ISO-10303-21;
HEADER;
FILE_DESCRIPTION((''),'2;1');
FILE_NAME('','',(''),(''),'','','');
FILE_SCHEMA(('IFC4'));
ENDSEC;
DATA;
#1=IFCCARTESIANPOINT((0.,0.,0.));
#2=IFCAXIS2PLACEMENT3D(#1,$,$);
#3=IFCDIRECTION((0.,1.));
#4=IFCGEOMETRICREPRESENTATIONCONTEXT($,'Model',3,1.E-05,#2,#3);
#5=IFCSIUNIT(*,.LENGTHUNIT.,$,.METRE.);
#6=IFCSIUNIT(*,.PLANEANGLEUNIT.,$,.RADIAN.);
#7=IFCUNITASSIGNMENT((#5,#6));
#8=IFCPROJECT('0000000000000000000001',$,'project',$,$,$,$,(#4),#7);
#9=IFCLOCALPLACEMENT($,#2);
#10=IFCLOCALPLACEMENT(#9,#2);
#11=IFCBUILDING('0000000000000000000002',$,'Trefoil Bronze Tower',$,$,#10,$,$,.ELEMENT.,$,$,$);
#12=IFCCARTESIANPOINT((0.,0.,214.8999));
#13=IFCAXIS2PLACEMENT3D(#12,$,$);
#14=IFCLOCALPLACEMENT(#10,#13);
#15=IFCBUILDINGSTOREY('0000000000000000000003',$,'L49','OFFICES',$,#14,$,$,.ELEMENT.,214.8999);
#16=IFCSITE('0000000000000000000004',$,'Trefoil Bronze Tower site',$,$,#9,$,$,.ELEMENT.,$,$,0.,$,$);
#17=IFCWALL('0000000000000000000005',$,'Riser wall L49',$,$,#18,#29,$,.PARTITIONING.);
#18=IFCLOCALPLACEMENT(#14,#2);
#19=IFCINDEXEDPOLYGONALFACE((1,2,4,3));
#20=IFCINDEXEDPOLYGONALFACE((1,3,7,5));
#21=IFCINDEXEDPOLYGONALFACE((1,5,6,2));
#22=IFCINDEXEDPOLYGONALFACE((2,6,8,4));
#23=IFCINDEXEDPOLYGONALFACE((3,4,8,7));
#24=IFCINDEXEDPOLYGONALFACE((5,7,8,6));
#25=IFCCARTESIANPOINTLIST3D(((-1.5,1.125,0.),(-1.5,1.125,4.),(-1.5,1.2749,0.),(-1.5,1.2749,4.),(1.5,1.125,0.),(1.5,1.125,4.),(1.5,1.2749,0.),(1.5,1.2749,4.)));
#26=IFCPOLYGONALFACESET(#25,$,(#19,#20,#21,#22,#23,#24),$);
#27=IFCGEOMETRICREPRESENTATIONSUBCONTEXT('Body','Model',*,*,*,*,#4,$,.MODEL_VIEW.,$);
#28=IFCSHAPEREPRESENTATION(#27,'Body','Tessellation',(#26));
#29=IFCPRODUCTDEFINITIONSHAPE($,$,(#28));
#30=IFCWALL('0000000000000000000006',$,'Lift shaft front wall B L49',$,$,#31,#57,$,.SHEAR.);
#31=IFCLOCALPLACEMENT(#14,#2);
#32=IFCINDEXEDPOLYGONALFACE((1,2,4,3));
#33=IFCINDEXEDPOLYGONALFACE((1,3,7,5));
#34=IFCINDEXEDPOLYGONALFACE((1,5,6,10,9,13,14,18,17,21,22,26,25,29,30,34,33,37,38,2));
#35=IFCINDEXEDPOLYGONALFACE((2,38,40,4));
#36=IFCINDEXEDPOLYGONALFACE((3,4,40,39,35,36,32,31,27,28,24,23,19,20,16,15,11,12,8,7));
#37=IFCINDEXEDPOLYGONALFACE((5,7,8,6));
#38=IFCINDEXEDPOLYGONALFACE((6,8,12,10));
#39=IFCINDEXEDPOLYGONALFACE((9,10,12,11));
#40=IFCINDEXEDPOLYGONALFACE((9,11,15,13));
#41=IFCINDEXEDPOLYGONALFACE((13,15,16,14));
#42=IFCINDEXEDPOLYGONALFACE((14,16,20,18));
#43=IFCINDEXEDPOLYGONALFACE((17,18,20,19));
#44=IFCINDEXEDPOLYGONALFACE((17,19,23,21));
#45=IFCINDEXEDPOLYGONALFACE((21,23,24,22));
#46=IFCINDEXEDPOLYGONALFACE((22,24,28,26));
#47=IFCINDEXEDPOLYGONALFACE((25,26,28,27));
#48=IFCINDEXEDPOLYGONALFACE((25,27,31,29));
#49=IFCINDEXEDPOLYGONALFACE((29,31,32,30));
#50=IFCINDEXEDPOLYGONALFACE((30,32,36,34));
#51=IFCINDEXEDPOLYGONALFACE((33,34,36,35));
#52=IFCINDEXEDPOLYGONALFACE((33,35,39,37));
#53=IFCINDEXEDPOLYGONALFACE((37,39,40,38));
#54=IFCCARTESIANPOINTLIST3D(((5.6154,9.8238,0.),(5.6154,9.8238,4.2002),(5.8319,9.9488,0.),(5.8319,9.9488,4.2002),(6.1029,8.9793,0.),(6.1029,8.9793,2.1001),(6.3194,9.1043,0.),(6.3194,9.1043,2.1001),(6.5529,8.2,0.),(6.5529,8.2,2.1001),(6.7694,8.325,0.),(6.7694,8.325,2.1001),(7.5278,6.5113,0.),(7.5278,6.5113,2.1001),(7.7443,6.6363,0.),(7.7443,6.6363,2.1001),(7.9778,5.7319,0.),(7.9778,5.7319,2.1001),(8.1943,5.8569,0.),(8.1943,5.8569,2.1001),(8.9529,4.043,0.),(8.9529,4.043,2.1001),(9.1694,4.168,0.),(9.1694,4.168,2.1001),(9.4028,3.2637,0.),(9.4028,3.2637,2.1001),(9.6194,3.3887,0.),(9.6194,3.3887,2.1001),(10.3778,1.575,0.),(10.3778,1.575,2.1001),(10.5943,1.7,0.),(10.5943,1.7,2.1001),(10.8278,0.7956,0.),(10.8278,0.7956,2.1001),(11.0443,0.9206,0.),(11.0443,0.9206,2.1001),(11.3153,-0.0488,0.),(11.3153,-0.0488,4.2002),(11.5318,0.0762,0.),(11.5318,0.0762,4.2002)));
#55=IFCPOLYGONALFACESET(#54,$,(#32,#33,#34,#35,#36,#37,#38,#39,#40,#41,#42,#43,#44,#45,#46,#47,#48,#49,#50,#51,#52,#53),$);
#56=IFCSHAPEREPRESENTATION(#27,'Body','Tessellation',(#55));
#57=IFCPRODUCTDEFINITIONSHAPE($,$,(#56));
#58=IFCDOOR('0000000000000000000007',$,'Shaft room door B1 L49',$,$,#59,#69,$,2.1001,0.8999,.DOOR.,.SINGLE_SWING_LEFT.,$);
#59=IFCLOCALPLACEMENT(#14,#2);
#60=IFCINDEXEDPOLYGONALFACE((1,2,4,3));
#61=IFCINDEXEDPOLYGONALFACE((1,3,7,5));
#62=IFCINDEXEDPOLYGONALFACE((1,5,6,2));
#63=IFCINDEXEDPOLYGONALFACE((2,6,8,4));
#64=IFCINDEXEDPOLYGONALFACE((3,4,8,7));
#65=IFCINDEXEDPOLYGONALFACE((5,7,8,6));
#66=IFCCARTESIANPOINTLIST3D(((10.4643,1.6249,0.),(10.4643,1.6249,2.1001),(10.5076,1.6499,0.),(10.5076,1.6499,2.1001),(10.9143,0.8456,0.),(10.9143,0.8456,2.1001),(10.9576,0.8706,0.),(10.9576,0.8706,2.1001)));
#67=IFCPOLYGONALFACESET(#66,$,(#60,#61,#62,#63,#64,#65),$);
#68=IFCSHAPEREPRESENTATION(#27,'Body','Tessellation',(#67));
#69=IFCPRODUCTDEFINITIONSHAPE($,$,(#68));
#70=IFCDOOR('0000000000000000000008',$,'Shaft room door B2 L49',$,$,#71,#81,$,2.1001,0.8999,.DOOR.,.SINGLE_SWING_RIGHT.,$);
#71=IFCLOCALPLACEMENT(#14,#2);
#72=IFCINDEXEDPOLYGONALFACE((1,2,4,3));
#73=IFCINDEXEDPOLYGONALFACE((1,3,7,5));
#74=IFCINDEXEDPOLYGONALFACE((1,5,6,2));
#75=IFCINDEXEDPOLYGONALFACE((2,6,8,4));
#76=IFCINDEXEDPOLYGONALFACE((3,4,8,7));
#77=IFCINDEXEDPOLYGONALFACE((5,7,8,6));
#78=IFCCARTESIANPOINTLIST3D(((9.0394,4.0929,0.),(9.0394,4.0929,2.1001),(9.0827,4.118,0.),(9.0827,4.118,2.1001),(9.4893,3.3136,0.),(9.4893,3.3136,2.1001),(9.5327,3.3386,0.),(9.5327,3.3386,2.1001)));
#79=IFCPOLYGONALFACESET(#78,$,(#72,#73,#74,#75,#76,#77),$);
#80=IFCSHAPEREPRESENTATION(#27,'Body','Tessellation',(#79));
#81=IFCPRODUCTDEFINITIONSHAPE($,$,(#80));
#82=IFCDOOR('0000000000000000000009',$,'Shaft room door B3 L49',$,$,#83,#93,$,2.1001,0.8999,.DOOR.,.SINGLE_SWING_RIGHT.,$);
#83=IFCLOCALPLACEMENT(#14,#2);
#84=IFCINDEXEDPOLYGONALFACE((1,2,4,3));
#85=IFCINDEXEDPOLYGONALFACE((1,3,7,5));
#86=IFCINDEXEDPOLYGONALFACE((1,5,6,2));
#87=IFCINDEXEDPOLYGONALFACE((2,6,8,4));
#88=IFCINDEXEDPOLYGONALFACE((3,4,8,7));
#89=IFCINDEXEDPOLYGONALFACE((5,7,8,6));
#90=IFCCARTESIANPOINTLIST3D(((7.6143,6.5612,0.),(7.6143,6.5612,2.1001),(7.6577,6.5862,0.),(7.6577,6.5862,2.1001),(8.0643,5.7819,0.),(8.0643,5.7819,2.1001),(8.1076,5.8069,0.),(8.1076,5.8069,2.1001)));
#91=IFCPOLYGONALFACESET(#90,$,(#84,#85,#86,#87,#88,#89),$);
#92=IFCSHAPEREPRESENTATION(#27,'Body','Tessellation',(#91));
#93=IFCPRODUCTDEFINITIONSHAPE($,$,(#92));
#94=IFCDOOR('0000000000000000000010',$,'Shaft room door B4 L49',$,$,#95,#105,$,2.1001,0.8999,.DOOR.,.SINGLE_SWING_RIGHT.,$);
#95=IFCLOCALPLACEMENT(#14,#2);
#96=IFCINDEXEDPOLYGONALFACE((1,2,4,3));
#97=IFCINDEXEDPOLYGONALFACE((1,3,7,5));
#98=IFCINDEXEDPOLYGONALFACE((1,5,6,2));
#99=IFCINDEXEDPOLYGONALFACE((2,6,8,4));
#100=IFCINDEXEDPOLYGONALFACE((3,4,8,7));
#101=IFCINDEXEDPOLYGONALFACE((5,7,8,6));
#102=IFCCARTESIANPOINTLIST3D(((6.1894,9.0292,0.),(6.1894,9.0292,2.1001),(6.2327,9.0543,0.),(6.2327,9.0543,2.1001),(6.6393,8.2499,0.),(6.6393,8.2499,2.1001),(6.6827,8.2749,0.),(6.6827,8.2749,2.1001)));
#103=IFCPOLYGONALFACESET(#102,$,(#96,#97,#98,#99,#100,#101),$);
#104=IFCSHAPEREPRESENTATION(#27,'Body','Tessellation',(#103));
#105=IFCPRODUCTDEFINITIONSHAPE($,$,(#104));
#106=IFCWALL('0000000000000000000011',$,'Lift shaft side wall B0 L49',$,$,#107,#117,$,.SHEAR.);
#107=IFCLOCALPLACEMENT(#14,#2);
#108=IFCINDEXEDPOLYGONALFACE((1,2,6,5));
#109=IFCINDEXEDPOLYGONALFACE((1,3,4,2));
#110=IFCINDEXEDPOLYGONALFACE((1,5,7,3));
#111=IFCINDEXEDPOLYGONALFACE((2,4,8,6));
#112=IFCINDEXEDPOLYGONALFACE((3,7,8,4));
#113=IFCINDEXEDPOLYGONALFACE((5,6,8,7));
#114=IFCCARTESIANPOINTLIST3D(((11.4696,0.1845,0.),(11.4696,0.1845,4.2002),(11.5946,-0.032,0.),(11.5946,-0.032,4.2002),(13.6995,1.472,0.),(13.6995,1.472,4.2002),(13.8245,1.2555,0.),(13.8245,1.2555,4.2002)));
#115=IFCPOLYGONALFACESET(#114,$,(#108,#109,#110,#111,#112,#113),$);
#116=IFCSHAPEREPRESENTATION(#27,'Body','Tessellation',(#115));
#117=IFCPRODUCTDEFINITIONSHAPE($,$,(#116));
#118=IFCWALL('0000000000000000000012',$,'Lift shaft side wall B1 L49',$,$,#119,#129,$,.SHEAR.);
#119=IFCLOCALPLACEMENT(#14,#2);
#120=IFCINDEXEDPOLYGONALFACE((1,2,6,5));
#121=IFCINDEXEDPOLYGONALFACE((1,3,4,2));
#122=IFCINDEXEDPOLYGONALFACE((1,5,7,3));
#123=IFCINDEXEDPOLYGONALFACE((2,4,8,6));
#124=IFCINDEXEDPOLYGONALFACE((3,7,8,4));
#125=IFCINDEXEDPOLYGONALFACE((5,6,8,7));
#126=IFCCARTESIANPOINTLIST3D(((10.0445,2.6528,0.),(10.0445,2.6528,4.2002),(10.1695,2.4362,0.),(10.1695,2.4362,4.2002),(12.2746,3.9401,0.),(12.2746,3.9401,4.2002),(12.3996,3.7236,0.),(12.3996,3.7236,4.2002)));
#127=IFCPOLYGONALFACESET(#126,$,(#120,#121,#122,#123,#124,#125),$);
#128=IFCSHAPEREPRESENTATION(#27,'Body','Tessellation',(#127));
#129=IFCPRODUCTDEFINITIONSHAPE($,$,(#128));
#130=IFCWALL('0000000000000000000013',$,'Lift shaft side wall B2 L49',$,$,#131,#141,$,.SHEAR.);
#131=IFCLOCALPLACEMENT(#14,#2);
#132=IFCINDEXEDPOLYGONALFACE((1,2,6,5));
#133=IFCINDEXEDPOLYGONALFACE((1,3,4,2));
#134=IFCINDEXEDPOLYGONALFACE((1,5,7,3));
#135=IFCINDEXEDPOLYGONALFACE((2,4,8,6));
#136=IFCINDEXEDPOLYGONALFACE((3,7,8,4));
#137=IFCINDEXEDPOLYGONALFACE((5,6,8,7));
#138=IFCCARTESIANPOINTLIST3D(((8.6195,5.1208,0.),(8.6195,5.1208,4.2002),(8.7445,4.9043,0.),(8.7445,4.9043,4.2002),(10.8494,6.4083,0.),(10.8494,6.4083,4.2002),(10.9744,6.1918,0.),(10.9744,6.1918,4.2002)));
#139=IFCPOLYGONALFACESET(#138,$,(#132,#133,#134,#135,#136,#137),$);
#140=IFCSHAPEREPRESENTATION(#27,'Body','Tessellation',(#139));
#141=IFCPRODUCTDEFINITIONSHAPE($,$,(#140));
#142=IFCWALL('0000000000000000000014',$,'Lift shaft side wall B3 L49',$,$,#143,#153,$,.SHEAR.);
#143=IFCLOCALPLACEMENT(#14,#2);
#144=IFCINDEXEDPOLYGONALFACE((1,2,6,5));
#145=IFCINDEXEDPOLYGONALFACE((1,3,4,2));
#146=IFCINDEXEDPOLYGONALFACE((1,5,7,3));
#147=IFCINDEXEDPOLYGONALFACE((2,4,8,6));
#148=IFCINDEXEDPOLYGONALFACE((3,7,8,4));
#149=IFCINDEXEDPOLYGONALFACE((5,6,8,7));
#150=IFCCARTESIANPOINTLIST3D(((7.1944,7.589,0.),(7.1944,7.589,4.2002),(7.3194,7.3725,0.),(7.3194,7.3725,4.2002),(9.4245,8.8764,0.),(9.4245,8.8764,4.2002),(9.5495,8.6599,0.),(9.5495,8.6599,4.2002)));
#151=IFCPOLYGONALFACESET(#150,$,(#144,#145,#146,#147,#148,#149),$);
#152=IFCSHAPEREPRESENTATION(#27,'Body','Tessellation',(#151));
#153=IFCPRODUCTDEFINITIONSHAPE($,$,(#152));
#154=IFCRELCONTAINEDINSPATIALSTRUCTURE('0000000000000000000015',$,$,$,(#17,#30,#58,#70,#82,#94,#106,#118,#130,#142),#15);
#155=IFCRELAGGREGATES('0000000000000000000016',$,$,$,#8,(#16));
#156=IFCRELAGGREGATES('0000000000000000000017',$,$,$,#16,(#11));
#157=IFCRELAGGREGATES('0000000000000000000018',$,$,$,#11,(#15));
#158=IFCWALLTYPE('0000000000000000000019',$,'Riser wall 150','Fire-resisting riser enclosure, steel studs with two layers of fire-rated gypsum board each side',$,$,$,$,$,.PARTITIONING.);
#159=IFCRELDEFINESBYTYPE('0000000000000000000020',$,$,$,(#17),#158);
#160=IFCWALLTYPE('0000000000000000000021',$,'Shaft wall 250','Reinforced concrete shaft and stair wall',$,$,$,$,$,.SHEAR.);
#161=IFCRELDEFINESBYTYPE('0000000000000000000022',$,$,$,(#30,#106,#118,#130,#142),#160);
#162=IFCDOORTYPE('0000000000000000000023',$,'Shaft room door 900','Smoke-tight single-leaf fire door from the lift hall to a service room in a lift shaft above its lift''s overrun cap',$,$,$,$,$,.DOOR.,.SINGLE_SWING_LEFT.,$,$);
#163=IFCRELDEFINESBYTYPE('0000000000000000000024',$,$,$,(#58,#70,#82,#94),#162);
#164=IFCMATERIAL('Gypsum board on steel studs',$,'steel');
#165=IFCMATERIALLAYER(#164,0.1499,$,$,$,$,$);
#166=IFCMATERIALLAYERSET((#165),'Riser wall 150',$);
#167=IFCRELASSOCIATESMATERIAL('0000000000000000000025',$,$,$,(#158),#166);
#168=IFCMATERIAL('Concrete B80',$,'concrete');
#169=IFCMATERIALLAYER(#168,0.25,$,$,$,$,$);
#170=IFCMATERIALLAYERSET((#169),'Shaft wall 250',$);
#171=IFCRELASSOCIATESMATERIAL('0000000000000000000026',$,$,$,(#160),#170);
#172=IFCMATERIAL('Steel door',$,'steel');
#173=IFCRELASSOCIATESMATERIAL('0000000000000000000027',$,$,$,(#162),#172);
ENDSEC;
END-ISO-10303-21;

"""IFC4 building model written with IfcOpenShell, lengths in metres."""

from ifc_helpers import new_model, si_unit, direction, frame, frame_2d, origin, place, context, subcontext, project, spatial, rectangle, extrude, material, layer, layer_set, type_object, element, fill, save


model = new_model("IFC4")

# Units and contexts
model_context = context("Model", 3, precision=1e-05, world=origin(), true_north=direction((0.0, 1.0)))
body_context = subcontext(model_context, "Body", "Model", "MODEL_VIEW")
ifc_project = project(units=[si_unit("LENGTHUNIT", "METRE"), si_unit("PLANEANGLEUNIT", "RADIAN")], contexts=[model_context])

# Site, building, storey
site_placement = place(None, origin())
site = spatial("IfcSite", under=ifc_project, at=site_placement, Name="Trefoil Bronze Tower site", CompositionType="ELEMENT", RefElevation=0.0)
building_placement = place(site_placement, origin())
building = spatial("IfcBuilding", under=site, at=building_placement, Name="Trefoil Bronze Tower", CompositionType="ELEMENT")
storey_placement = place(building_placement, frame((0.0, 0.0, 214.8999)))
storey = spatial("IfcBuildingStorey", under=building, at=storey_placement, Name="L49", Description="OFFICES", CompositionType="ELEMENT", Elevation=214.8999)

# Wall
ifc_material_1 = material(Name="Gypsum board on steel studs", Category="steel")
ifc_layer_1 = layer(ifc_material_1, 0.1499)
ifc_layer_set_1 = layer_set([ifc_layer_1], Name="Riser wall 150")
wall_type_1 = type_object("IfcWallType", Name="Riser wall 150", Description="Fire-resisting riser enclosure, steel studs with two layers of fire-rated gypsum board each side", PredefinedType="PARTITIONING", material=ifc_layer_set_1)
wall_1_placement = place(storey_placement, frame((1.5, 1.2, 0.0), z_axis=(0.0, 0.0, 1.0), x_axis=(-1.0, 0.0, 0.0)))
element("IfcWall", 1, at=wall_1_placement, inside=storey, type_object=wall_type_1, Name="Riser wall L49", PredefinedType="PARTITIONING", context=body_context, shape_type="SweptSolid", body=[
    extrude(rectangle(XDim=3.0, YDim=0.1499, at=frame_2d((1.5, 0.0))), origin(), (0.0, 0.0, 1.0), 4.0),
])

# Wall, openings, doors
ifc_material_2 = material(Name="Concrete B80", Category="concrete")
ifc_layer_2 = layer(ifc_material_2, 0.25)
ifc_layer_set_2 = layer_set([ifc_layer_2], Name="Shaft wall 250")
wall_type_2 = type_object("IfcWallType", Name="Shaft wall 250", Description="Reinforced concrete shaft and stair wall", PredefinedType="SHEAR", material=ifc_layer_set_2)
wall_2_placement = place(storey_placement, frame((11.4236, 0.0137, 0.0), z_axis=(0.0, 0.0, 1.0), x_axis=(-0.500002, 0.866024, 0.0)))
wall_2 = element("IfcWall", 2, at=wall_2_placement, inside=storey, type_object=wall_type_2, Name="Lift shaft front wall B L49", PredefinedType="SHEAR", context=body_context, shape_type="SweptSolid", body=[
    extrude(rectangle(XDim=11.3999, YDim=0.25, at=frame_2d((5.7, 0.0))), origin(), (0.0, 0.0, 1.0), 4.2002),
])
opening_1_placement = place(wall_2_placement, frame((0.9751, 0.0, 0.0)))
opening_1 = element("IfcOpeningElement", 3, at=opening_1_placement, cuts=wall_2, PredefinedType="OPENING", context=body_context, shape_type="SweptSolid", body=[
    extrude(rectangle(XDim=0.8999, YDim=2.1001, at=frame_2d((0.45, 1.05))), frame((0.0, 0.135, 0.0), z_axis=(0.0, -1.0, 0.0), x_axis=(1.0, 0.0, 0.0)), (0.0, 0.0, 1.0), 0.27),
])
opening_2_placement = place(wall_2_placement, frame((3.825, 0.0, 0.0)))
opening_2 = element("IfcOpeningElement", 4, at=opening_2_placement, cuts=wall_2, PredefinedType="OPENING", context=body_context, shape_type="SweptSolid", body=[
    extrude(rectangle(XDim=0.8999, YDim=2.1001, at=frame_2d((0.45, 1.05))), frame((0.0, 0.135, 0.0), z_axis=(0.0, -1.0, 0.0), x_axis=(1.0, 0.0, 0.0)), (0.0, 0.0, 1.0), 0.27),
])
opening_3_placement = place(wall_2_placement, frame((6.675, 0.0, 0.0)))
opening_3 = element("IfcOpeningElement", 5, at=opening_3_placement, cuts=wall_2, PredefinedType="OPENING", context=body_context, shape_type="SweptSolid", body=[
    extrude(rectangle(XDim=0.8999, YDim=2.1001, at=frame_2d((0.45, 1.05))), frame((0.0, 0.135, 0.0), z_axis=(0.0, -1.0, 0.0), x_axis=(1.0, 0.0, 0.0)), (0.0, 0.0, 1.0), 0.27),
])
opening_4_placement = place(wall_2_placement, frame((9.5249, 0.0, 0.0)))
opening_4 = element("IfcOpeningElement", 6, at=opening_4_placement, cuts=wall_2, PredefinedType="OPENING", context=body_context, shape_type="SweptSolid", body=[
    extrude(rectangle(XDim=0.8999, YDim=2.1001, at=frame_2d((0.45, 1.05))), frame((0.0, 0.135, 0.0), z_axis=(0.0, -1.0, 0.0), x_axis=(1.0, 0.0, 0.0)), (0.0, 0.0, 1.0), 0.27),
])
ifc_material_3 = material(Name="Steel door", Category="steel")
door_type_1 = type_object("IfcDoorType", Name="Shaft room door 900", Description="Smoke-tight single-leaf fire door from the lift hall to a service room in a lift shaft above its lift's overrun cap", OperationType="SINGLE_SWING_LEFT", PredefinedType="DOOR", material=ifc_material_3)
door_1_placement = place(opening_1_placement, frame((0.8999, 0.0, 0.0), z_axis=(0.0, 0.0, 1.0), x_axis=(-1.0, 0.0, 0.0)))
door_1 = element("IfcDoor", 7, at=door_1_placement, inside=storey, type_object=door_type_1, Name="Shaft room door B1 L49", OperationType="SINGLE_SWING_LEFT", OverallHeight=2.1001, OverallWidth=0.8999, PredefinedType="DOOR", context=body_context, shape_type="SweptSolid", body=[
    extrude(rectangle(XDim=0.8999, YDim=2.1001, at=frame_2d((0.45, 1.05))), frame((0.0, 0.0249, 0.0), z_axis=(0.0, -1.0, 0.0), x_axis=(1.0, 0.0, 0.0)), (0.0, 0.0, 1.0), 0.05),
])
fill(opening_1, door_1)
door_2_placement = place(opening_2_placement, frame((0.8999, 0.0, 0.0), z_axis=(0.0, 0.0, 1.0), x_axis=(-1.0, 0.0, 0.0)))
door_2 = element("IfcDoor", 8, at=door_2_placement, inside=storey, type_object=door_type_1, Name="Shaft room door B2 L49", OperationType="SINGLE_SWING_RIGHT", OverallHeight=2.1001, OverallWidth=0.8999, PredefinedType="DOOR", context=body_context, shape_type="SweptSolid", body=[
    extrude(rectangle(XDim=0.8999, YDim=2.1001, at=frame_2d((0.45, 1.05))), frame((0.0, 0.0249, 0.0), z_axis=(0.0, -1.0, 0.0), x_axis=(1.0, 0.0, 0.0)), (0.0, 0.0, 1.0), 0.05),
])
fill(opening_2, door_2)
door_3_placement = place(opening_3_placement, frame((0.8999, 0.0, 0.0), z_axis=(0.0, 0.0, 1.0), x_axis=(-1.0, 0.0, 0.0)))
door_3 = element("IfcDoor", 9, at=door_3_placement, inside=storey, type_object=door_type_1, Name="Shaft room door B3 L49", OperationType="SINGLE_SWING_RIGHT", OverallHeight=2.1001, OverallWidth=0.8999, PredefinedType="DOOR", context=body_context, shape_type="SweptSolid", body=[
    extrude(rectangle(XDim=0.8999, YDim=2.1001, at=frame_2d((0.45, 1.05))), frame((0.0, 0.0249, 0.0), z_axis=(0.0, -1.0, 0.0), x_axis=(1.0, 0.0, 0.0)), (0.0, 0.0, 1.0), 0.05),
])
fill(opening_3, door_3)
door_4_placement = place(opening_4_placement, frame((0.8999, 0.0, 0.0), z_axis=(0.0, 0.0, 1.0), x_axis=(-1.0, 0.0, 0.0)))
door_4 = element("IfcDoor", 10, at=door_4_placement, inside=storey, type_object=door_type_1, Name="Shaft room door B4 L49", OperationType="SINGLE_SWING_RIGHT", OverallHeight=2.1001, OverallWidth=0.8999, PredefinedType="DOOR", context=body_context, shape_type="SweptSolid", body=[
    extrude(rectangle(XDim=0.8999, YDim=2.1001, at=frame_2d((0.45, 1.05))), frame((0.0, 0.0249, 0.0), z_axis=(0.0, -1.0, 0.0), x_axis=(1.0, 0.0, 0.0)), (0.0, 0.0, 1.0), 0.05),
])
fill(opening_4, door_4)

# Walls
for number, where, z_axis, x_axis, name in (
    (11, (11.532, 0.0762, 0.0), (0.0, 0.0, 1.0), (0.866006, 0.500034, 0.0), "Lift shaft side wall B0 L49"),
    (12, (10.1069, 2.5444, 0.0), (0.0, 0.0, 1.0), (0.866047, 0.499963, 0.0), "Lift shaft side wall B1 L49"),
    (13, (8.6819, 5.0125, 0.0), (0.0, 0.0, 1.0), (0.866006, 0.500034, 0.0), "Lift shaft side wall B2 L49"),
    (14, (7.2568, 7.4807, 0.0), (0.0, 0.0, 1.0), (0.866047, 0.499963, 0.0), "Lift shaft side wall B3 L49"),
):
    element("IfcWall", number, at=place(storey_placement, frame(where, z_axis=z_axis, x_axis=x_axis)), inside=storey, type_object=wall_type_2, Name=name, PredefinedType="SHEAR", context=body_context, shape_type="SweptSolid", body=[
        extrude(rectangle(XDim=2.575, YDim=0.25, at=frame_2d((1.2876, 0.0))), origin(), (0.0, 0.0, 1.0), 4.2002),
    ])

save(model, "model.ifc")
